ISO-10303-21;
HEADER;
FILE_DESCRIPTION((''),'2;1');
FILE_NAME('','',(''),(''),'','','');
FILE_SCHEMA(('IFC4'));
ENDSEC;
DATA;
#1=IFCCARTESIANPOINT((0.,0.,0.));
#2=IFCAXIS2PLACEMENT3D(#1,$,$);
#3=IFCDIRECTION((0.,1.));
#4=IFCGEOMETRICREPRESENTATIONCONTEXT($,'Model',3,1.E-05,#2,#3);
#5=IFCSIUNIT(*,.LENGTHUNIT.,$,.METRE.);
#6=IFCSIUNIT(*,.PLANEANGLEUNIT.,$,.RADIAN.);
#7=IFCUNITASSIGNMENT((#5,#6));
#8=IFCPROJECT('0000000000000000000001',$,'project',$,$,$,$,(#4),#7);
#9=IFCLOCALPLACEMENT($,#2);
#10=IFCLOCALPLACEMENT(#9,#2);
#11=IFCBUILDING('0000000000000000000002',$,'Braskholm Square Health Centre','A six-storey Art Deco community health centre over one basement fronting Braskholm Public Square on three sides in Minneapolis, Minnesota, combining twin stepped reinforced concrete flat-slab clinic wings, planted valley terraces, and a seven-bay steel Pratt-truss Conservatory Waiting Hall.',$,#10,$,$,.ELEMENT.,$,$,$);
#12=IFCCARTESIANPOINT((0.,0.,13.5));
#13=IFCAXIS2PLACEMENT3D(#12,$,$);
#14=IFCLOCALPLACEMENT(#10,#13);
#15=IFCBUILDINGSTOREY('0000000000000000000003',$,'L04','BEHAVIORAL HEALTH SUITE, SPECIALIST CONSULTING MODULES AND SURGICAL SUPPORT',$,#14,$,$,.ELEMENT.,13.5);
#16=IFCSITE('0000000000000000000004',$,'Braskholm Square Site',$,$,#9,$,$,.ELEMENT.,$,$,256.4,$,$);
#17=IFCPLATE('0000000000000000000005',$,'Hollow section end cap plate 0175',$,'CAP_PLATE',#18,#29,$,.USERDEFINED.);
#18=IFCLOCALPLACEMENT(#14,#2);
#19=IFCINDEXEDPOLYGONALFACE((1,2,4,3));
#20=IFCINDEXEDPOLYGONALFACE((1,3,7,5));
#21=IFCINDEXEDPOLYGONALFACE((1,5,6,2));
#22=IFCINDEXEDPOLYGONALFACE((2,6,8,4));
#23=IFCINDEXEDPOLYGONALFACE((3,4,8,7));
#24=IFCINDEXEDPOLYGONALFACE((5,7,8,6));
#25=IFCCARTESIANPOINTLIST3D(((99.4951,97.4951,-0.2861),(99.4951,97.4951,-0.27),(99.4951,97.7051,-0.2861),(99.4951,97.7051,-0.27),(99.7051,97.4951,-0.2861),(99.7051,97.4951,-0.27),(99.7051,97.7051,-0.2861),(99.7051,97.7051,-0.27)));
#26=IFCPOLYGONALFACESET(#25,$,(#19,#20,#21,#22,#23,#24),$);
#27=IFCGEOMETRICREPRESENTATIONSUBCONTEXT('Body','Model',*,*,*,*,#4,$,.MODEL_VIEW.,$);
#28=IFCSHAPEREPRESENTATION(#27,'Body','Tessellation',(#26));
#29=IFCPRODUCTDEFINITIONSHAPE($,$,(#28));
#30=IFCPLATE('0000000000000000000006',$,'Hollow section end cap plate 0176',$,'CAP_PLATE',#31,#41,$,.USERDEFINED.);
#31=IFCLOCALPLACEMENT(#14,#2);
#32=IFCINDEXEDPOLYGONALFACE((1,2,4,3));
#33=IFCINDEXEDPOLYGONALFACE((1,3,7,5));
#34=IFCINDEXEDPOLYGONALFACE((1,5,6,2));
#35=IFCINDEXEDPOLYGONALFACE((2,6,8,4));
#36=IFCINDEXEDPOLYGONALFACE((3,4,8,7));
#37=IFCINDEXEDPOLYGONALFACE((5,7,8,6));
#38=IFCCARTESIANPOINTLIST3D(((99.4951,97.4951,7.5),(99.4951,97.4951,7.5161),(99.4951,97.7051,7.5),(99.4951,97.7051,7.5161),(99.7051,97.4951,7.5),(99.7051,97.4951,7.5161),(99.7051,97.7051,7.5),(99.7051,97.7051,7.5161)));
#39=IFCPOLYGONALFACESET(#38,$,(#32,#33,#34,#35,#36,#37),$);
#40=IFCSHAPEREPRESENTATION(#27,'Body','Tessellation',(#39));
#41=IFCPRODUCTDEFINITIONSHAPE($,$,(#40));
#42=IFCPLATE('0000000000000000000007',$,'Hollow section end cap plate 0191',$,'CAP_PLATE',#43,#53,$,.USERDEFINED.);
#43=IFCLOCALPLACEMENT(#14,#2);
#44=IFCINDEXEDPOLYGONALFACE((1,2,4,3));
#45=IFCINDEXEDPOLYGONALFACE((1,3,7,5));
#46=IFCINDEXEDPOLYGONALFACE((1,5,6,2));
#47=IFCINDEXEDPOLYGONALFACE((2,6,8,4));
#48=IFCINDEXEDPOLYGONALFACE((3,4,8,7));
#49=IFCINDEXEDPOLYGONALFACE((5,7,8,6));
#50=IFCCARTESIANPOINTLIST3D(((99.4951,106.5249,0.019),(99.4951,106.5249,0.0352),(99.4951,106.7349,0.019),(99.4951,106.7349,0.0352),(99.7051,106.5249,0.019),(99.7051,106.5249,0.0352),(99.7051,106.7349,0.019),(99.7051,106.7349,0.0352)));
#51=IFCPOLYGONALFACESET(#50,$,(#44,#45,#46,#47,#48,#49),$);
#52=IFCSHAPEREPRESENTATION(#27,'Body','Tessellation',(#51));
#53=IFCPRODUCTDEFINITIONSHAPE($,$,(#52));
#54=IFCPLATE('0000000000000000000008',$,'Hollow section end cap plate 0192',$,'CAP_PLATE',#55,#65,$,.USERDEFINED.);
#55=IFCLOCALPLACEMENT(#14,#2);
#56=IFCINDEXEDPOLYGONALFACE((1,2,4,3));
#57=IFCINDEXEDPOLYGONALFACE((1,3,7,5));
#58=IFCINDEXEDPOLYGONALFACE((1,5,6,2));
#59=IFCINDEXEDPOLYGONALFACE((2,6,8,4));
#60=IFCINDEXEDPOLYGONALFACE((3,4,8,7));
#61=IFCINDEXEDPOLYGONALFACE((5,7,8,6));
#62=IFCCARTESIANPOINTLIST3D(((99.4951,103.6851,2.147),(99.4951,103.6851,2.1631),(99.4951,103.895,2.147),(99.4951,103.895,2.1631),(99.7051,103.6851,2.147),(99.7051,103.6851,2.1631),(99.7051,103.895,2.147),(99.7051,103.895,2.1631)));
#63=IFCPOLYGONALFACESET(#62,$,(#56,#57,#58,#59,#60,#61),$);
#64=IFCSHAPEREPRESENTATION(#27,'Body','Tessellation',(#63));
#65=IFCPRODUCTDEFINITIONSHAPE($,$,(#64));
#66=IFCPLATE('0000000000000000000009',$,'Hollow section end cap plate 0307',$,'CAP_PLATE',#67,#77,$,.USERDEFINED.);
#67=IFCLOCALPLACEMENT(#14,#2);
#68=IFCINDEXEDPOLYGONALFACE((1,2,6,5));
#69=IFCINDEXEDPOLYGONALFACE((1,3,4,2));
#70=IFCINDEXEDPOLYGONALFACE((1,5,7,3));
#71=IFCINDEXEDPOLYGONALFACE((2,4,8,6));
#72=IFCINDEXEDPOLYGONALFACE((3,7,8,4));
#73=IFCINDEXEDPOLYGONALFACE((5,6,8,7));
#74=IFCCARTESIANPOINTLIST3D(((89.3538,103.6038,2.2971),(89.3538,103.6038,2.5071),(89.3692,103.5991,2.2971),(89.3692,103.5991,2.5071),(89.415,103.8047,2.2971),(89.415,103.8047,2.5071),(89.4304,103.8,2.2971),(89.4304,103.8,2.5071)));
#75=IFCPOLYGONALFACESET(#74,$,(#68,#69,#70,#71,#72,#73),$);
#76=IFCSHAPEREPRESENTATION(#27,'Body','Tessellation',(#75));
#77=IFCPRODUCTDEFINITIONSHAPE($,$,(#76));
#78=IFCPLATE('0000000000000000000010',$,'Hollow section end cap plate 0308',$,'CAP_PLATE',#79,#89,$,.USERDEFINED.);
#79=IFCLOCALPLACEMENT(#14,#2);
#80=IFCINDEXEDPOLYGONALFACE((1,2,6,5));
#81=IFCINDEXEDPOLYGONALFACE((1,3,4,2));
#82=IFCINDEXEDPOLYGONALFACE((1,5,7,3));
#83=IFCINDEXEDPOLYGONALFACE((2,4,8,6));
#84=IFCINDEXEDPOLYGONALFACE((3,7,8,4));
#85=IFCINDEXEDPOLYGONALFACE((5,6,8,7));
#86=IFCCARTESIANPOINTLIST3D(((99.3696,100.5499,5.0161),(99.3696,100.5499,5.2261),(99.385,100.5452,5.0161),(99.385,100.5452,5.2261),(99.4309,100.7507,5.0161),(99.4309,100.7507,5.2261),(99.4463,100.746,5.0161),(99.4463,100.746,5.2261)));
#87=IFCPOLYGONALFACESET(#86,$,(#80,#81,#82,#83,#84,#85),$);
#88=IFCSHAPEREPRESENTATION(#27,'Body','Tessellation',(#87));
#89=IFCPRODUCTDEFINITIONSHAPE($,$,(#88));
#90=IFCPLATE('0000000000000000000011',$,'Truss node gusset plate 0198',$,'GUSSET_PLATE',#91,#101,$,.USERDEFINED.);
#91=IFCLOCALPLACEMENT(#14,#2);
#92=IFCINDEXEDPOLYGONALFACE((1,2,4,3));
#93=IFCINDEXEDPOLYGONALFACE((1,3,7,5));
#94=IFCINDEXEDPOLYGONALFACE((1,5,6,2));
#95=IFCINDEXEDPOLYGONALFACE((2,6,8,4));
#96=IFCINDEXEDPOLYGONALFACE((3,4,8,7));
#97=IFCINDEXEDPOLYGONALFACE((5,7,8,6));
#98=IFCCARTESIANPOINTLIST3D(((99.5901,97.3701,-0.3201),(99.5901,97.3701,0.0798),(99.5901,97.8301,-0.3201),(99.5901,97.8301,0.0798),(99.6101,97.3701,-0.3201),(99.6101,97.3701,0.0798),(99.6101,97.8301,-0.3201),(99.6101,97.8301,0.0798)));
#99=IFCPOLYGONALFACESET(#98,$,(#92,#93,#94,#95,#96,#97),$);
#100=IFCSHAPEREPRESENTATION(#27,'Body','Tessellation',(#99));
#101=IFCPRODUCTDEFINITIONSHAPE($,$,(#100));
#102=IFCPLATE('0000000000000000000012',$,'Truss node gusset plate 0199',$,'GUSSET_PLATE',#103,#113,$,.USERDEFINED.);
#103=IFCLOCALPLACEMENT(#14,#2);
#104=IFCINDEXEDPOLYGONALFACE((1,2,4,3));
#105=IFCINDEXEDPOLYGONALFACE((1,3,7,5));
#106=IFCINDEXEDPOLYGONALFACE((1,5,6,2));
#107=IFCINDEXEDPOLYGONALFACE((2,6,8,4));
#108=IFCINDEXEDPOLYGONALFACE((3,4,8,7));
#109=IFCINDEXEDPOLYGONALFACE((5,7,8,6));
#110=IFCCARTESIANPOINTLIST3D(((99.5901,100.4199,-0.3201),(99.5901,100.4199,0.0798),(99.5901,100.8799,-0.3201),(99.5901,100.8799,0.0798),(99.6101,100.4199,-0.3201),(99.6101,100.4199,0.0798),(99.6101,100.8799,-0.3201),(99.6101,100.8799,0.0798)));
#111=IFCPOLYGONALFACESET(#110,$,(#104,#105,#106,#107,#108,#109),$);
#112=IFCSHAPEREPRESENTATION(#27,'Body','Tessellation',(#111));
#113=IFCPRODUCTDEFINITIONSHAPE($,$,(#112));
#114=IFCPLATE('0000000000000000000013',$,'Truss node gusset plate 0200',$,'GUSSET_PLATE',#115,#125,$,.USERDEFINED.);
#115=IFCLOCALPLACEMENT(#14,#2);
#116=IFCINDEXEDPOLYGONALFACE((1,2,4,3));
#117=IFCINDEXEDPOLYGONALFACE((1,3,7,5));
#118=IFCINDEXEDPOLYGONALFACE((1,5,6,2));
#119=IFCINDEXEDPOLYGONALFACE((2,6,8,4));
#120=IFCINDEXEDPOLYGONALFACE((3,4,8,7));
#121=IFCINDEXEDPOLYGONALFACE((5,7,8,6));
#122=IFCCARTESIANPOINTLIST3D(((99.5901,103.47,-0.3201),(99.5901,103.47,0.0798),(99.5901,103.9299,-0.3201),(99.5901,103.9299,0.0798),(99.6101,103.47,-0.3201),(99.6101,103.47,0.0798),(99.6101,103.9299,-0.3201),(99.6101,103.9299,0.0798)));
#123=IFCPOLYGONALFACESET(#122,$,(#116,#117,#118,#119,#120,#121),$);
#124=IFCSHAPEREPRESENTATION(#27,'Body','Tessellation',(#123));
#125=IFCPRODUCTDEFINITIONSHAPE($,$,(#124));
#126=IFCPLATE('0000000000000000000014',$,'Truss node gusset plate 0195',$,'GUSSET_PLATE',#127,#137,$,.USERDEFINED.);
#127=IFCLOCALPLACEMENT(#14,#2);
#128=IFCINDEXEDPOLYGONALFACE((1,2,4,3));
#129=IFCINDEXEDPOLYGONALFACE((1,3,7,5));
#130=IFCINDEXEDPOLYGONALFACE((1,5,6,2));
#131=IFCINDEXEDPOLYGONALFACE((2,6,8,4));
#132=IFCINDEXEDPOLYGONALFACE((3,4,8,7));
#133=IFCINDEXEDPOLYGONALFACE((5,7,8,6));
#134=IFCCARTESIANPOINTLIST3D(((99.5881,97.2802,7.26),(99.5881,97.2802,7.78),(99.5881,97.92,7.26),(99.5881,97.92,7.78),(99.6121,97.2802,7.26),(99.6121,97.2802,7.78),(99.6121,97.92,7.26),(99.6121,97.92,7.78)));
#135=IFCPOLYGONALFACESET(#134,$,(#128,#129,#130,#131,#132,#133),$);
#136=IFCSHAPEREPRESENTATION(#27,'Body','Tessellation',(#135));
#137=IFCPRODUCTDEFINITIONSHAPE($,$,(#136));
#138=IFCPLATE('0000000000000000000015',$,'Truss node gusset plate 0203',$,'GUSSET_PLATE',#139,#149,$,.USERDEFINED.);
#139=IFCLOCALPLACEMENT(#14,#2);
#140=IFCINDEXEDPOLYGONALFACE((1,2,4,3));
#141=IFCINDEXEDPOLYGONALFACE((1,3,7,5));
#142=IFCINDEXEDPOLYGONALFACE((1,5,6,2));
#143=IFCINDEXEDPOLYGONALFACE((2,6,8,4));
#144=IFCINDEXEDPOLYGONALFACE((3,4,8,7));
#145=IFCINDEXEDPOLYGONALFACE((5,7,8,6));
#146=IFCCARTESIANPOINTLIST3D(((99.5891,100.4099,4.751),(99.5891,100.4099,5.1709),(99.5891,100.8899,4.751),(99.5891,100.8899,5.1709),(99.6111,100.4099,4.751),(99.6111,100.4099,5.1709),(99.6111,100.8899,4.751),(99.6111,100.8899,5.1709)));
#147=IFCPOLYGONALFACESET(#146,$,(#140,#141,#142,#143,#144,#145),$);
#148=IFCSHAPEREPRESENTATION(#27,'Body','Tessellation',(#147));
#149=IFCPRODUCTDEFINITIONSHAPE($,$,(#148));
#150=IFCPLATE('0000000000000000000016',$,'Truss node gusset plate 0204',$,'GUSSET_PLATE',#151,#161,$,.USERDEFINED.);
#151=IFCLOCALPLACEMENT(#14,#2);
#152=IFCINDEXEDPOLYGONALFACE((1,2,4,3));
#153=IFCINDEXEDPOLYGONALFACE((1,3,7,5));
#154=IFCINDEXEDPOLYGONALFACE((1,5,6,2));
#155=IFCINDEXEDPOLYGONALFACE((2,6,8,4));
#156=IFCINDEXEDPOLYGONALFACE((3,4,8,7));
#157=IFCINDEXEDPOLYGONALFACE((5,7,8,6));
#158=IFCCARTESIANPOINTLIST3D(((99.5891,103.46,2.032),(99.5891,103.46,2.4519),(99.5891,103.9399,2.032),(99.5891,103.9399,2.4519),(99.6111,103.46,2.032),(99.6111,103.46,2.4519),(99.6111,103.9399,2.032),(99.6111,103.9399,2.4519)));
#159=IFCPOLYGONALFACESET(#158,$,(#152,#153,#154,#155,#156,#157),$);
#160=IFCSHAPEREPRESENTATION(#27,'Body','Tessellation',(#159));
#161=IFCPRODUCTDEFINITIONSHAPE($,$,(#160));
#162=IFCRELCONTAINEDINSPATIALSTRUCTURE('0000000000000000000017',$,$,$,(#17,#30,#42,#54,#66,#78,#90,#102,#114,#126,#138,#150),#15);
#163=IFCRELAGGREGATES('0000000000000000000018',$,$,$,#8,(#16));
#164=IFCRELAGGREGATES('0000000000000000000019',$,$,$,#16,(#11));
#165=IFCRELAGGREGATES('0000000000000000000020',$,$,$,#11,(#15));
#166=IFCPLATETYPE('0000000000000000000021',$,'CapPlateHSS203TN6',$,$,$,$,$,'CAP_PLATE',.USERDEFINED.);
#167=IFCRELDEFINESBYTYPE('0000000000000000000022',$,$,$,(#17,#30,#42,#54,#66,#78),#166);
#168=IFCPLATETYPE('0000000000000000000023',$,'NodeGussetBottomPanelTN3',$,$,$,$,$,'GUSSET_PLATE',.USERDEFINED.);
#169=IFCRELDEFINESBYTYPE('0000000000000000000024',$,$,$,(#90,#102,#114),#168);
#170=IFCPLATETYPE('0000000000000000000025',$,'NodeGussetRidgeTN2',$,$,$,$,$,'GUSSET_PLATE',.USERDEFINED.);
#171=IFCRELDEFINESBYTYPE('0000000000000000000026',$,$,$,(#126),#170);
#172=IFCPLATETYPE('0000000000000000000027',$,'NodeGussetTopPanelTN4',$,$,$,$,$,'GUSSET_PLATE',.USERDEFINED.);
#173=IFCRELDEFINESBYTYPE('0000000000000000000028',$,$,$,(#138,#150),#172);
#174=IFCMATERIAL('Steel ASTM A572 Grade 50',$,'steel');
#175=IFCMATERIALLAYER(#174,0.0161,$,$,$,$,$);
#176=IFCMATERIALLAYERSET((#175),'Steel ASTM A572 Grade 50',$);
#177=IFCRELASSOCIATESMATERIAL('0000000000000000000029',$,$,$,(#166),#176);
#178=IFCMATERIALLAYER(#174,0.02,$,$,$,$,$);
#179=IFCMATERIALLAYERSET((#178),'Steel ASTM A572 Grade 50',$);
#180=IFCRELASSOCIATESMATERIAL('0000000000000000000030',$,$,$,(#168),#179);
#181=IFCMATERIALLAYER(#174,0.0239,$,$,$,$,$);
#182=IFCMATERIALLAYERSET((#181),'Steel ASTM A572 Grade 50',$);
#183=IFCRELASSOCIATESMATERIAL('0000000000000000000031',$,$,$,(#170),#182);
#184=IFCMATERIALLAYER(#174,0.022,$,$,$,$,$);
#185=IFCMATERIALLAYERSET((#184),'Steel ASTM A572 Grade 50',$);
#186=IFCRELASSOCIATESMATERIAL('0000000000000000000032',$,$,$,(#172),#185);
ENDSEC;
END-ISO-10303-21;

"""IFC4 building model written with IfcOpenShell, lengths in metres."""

from ifc_helpers import new_model, si_unit, direction, frame, origin, origin_2d, place, context, subcontext, project, spatial, rectangle, extrude, material, layer, layer_set, type_object, element, save


model = new_model("IFC4")

# Units and contexts
model_context = context("Model", 3, precision=1e-05, world=origin(), true_north=direction((0.0, 1.0)))
body_context = subcontext(model_context, "Body", "Model", "MODEL_VIEW")
ifc_project = project(units=[si_unit("LENGTHUNIT", "METRE"), si_unit("PLANEANGLEUNIT", "RADIAN")], contexts=[model_context])

# Site, building, storey
site_placement = place(None, origin())
site = spatial("IfcSite", under=ifc_project, at=site_placement, Name="Braskholm Square Site", CompositionType="ELEMENT", RefElevation=256.4)
building_placement = place(site_placement, origin())
building = spatial("IfcBuilding", under=site, at=building_placement, Name="Braskholm Square Health Centre", Description="A six-storey Art Deco community health centre over one basement fronting Braskholm Public Square on three sides in Minneapolis, Minnesota, combining twin stepped reinforced concrete flat-slab clinic wings, planted valley terraces, and a seven-bay steel Pratt-truss Conservatory Waiting Hall.", CompositionType="ELEMENT")
storey_placement = place(building_placement, frame((0.0, 0.0, 13.5)))
storey = spatial("IfcBuildingStorey", under=building, at=storey_placement, Name="L04", Description="BEHAVIORAL HEALTH SUITE, SPECIALIST CONSULTING MODULES AND SURGICAL SUPPORT", CompositionType="ELEMENT", Elevation=13.5)

# Plates
ifc_material_1 = material(Name="Steel ASTM A572 Grade 50", Category="steel")
ifc_layer_1 = layer(ifc_material_1, 0.0161)
ifc_layer_set_1 = layer_set([ifc_layer_1], Name="Steel ASTM A572 Grade 50")
plate_type_1 = type_object("IfcPlateType", Name="CapPlateHSS203TN6", ElementType="CAP_PLATE", PredefinedType="USERDEFINED", material=ifc_layer_set_1)
for number, where, z_axis, x_axis, name in (
    (1, (99.6001, 97.6001, -0.2861), (0.0, 0.0, 1.0), (1.0, 0.0, 0.0), "Hollow section end cap plate 0175"),
    (2, (99.6001, 97.6001, 7.5), (0.0, 0.0, 1.0), (1.0, 0.0, 0.0), "Hollow section end cap plate 0176"),
    (3, (99.6001, 106.6299, 0.019), (0.0, 0.0, 1.0), (1.0, 0.0, 0.0), "Hollow section end cap plate 0191"),
    (4, (99.6001, 103.79, 2.147), (0.0, 0.0, 1.0), (1.0, 0.0, 0.0), "Hollow section end cap plate 0192"),
):
    element("IfcPlate", number, at=place(storey_placement, frame(where, z_axis=z_axis, x_axis=x_axis)), inside=storey, type_object=plate_type_1, Name=name, ObjectType="CAP_PLATE", PredefinedType="USERDEFINED", context=body_context, shape_type="SweptSolid", body=[
        extrude(rectangle(XDim=0.21, YDim=0.21, at=origin_2d()), origin(), (0.0, 0.0, 1.0), 0.0161),
    ])
for number, where, z_axis, x_axis, name in (
    (5, (89.3921, 103.7019, 2.2971), (0.0, 0.0, 1.0), (0.956498, -0.291737, 0.0), "Hollow section end cap plate 0307"),
    (6, (99.408, 100.6479, 5.0161), (0.0, 0.0, 1.0), (0.956498, -0.291737, 0.0), "Hollow section end cap plate 0308"),
):
    element("IfcPlate", number, at=place(storey_placement, frame(where, z_axis=z_axis, x_axis=x_axis)), inside=storey, type_object=plate_type_1, Name=name, ObjectType="CAP_PLATE", PredefinedType="USERDEFINED", context=body_context, shape_type="SweptSolid", body=[
        extrude(rectangle(XDim=0.0161, YDim=0.21, at=origin_2d()), origin(), (0.0, 0.0, 1.0), 0.21),
    ])
ifc_layer_2 = layer(ifc_material_1, 0.02)
ifc_layer_set_2 = layer_set([ifc_layer_2], Name="Steel ASTM A572 Grade 50")
plate_type_2 = type_object("IfcPlateType", Name="NodeGussetBottomPanelTN3", ElementType="GUSSET_PLATE", PredefinedType="USERDEFINED", material=ifc_layer_set_2)
for number, where, z_axis, x_axis, name in (
    (7, (99.6001, 97.6001, -0.3201), (0.0, 0.0, 1.0), (1.0, 0.0, 0.0), "Truss node gusset plate 0198"),
    (8, (99.6001, 100.6499, -0.3201), (0.0, 0.0, 1.0), (1.0, 0.0, 0.0), "Truss node gusset plate 0199"),
    (9, (99.6001, 103.7, -0.3201), (0.0, 0.0, 1.0), (1.0, 0.0, 0.0), "Truss node gusset plate 0200"),
):
    element("IfcPlate", number, at=place(storey_placement, frame(where, z_axis=z_axis, x_axis=x_axis)), inside=storey, type_object=plate_type_2, Name=name, ObjectType="GUSSET_PLATE", PredefinedType="USERDEFINED", context=body_context, shape_type="SweptSolid", body=[
        extrude(rectangle(XDim=0.02, YDim=0.46, at=origin_2d()), origin(), (0.0, 0.0, 1.0), 0.3999),
    ])
ifc_layer_3 = layer(ifc_material_1, 0.0239)
ifc_layer_set_3 = layer_set([ifc_layer_3], Name="Steel ASTM A572 Grade 50")
plate_type_3 = type_object("IfcPlateType", Name="NodeGussetRidgeTN2", ElementType="GUSSET_PLATE", PredefinedType="USERDEFINED", material=ifc_layer_set_3)
plate_placement = place(storey_placement, frame((99.6001, 97.6001, 7.26), z_axis=(0.0, 0.0, 1.0), x_axis=(1.0, 0.0, 0.0)))
element("IfcPlate", 10, at=plate_placement, inside=storey, type_object=plate_type_3, Name="Truss node gusset plate 0195", ObjectType="GUSSET_PLATE", PredefinedType="USERDEFINED", context=body_context, shape_type="SweptSolid", body=[
    extrude(rectangle(XDim=0.0239, YDim=0.6399, at=origin_2d()), origin(), (0.0, 0.0, 1.0), 0.52),
])
ifc_layer_4 = layer(ifc_material_1, 0.022)
ifc_layer_set_4 = layer_set([ifc_layer_4], Name="Steel ASTM A572 Grade 50")
plate_type_4 = type_object("IfcPlateType", Name="NodeGussetTopPanelTN4", ElementType="GUSSET_PLATE", PredefinedType="USERDEFINED", material=ifc_layer_set_4)
for number, where, z_axis, x_axis, name in (
    (11, (99.6001, 100.6499, 4.751), (0.0, 0.0, 1.0), (1.0, 0.0, 0.0), "Truss node gusset plate 0203"),
    (12, (99.6001, 103.7, 2.032), (0.0, 0.0, 1.0), (1.0, 0.0, 0.0), "Truss node gusset plate 0204"),
):
    element("IfcPlate", number, at=place(storey_placement, frame(where, z_axis=z_axis, x_axis=x_axis)), inside=storey, type_object=plate_type_4, Name=name, ObjectType="GUSSET_PLATE", PredefinedType="USERDEFINED", context=body_context, shape_type="SweptSolid", body=[
        extrude(rectangle(XDim=0.022, YDim=0.48, at=origin_2d()), origin(), (0.0, 0.0, 1.0), 0.4199),
    ])

save(model, "model.ifc")
